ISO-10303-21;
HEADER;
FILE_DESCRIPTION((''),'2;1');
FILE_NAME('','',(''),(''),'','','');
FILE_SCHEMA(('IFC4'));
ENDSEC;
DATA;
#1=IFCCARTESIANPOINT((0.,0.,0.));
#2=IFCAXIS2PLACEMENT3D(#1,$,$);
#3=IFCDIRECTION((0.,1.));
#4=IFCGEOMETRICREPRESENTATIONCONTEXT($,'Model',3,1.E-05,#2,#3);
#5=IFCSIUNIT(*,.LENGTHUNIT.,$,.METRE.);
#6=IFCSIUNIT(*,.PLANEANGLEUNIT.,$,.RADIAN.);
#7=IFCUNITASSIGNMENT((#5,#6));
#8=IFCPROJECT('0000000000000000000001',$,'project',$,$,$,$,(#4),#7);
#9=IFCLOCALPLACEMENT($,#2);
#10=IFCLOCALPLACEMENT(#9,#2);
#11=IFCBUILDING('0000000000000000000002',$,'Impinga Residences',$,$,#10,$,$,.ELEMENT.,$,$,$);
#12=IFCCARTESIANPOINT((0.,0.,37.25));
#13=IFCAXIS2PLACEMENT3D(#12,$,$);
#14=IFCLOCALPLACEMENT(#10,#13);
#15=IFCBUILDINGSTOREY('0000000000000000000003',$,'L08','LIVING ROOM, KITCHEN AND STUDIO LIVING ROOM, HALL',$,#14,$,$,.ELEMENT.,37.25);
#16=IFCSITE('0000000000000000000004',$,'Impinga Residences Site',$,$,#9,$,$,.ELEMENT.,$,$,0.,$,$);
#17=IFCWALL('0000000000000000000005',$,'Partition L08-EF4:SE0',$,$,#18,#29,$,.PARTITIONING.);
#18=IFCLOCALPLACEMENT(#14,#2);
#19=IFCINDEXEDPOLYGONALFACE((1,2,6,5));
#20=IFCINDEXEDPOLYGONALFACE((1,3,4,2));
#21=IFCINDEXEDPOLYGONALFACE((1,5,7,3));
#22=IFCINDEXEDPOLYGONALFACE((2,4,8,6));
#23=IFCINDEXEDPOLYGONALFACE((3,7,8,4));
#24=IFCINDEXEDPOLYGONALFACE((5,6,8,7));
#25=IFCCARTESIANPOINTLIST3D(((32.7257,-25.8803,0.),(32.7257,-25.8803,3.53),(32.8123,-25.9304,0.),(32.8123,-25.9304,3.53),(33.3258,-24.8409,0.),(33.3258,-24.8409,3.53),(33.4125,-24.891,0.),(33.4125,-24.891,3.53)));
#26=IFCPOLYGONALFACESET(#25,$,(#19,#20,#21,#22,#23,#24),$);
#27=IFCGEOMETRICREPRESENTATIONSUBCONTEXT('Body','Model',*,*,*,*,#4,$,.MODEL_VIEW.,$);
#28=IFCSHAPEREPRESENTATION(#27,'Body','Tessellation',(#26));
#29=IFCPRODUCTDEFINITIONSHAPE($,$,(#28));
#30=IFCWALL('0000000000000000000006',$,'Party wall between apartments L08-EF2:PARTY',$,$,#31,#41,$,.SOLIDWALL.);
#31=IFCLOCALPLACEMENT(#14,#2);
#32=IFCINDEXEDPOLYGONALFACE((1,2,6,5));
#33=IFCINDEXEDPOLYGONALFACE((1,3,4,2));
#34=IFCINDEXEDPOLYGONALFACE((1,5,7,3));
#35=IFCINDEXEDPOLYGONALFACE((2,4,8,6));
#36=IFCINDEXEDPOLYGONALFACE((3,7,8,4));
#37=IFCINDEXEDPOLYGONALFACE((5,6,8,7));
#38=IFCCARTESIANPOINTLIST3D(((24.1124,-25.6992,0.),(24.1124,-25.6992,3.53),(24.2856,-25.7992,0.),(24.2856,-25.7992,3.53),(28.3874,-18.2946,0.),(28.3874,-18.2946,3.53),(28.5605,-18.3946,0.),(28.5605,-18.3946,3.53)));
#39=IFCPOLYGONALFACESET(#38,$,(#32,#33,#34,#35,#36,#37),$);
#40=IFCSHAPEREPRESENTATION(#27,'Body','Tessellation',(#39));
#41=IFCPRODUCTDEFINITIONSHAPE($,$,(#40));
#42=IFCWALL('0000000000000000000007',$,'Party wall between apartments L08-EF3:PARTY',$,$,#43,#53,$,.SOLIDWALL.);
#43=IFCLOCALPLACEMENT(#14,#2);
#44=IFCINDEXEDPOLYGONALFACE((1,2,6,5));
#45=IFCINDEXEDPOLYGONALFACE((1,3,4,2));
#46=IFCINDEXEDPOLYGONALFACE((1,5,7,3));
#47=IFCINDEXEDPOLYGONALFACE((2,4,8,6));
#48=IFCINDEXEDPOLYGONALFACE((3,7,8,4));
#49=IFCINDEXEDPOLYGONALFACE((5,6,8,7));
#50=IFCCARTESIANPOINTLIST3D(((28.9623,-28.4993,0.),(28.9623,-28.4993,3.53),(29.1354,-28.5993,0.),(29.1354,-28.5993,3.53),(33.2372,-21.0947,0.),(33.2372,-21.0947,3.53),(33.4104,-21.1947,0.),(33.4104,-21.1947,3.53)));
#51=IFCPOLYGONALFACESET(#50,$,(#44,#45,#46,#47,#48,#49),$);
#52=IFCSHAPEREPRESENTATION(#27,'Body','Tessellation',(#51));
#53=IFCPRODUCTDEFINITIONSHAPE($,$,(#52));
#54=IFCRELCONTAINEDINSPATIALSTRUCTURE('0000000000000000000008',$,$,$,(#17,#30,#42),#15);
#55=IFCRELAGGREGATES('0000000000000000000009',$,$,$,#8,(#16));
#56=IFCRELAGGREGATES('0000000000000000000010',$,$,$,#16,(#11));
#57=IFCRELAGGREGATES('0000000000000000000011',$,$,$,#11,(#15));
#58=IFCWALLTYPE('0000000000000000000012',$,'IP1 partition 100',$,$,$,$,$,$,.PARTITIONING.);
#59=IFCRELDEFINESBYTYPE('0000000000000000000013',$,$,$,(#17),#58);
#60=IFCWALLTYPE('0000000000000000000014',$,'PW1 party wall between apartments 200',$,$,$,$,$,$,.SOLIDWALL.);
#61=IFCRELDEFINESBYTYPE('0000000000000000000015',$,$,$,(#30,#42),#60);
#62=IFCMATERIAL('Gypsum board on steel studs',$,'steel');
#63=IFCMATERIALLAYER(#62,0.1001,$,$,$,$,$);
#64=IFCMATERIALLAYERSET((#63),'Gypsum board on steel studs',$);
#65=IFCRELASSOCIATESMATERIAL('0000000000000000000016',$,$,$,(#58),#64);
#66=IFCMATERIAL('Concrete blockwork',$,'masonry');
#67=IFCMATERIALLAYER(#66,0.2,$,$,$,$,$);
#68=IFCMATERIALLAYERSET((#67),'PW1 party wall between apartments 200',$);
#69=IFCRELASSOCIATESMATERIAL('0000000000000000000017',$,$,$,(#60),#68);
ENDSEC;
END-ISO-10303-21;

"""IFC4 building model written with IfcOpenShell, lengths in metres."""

from ifc_helpers import new_model, si_unit, direction, frame, frame_2d, origin, place, context, subcontext, project, spatial, rectangle, extrude, material, layer, layer_set, type_object, element, save


model = new_model("IFC4")

# Units and contexts
model_context = context("Model", 3, precision=1e-05, world=origin(), true_north=direction((0.0, 1.0)))
body_context = subcontext(model_context, "Body", "Model", "MODEL_VIEW")
ifc_project = project(units=[si_unit("LENGTHUNIT", "METRE"), si_unit("PLANEANGLEUNIT", "RADIAN")], contexts=[model_context])

# Site, building, storey
site_placement = place(None, origin())
site = spatial("IfcSite", under=ifc_project, at=site_placement, Name="Impinga Residences Site", CompositionType="ELEMENT", RefElevation=0.0)
building_placement = place(site_placement, origin())
building = spatial("IfcBuilding", under=site, at=building_placement, Name="Impinga Residences", CompositionType="ELEMENT")
storey_placement = place(building_placement, frame((0.0, 0.0, 37.25)))
storey = spatial("IfcBuildingStorey", under=building, at=storey_placement, Name="L08", Description="LIVING ROOM, KITCHEN AND STUDIO LIVING ROOM, HALL", CompositionType="ELEMENT", Elevation=37.25)

# Shared definitions
ifc_material_1 = material(Name="Gypsum board on steel studs", Category="steel")
ifc_layer_1 = layer(ifc_material_1, 0.1001)
ifc_layer_set_1 = layer_set([ifc_layer_1], Name="Gypsum board on steel studs")
wall_type_1 = type_object("IfcWallType", Name="IP1 partition 100", PredefinedType="PARTITIONING", material=ifc_layer_set_1)

# Walls
wall_1_placement = place(storey_placement, frame((33.3691, -24.866, 0.0), z_axis=(0.0, 0.0, 1.0), x_axis=(-0.500034, -0.866006, 0.0)))
element("IfcWall", 1, at=wall_1_placement, inside=storey, type_object=wall_type_1, Name="Partition L08-EF4:SE0", PredefinedType="PARTITIONING", context=body_context, shape_type="SweptSolid", body=[
    extrude(rectangle(XDim=1.2002, YDim=0.1001, at=frame_2d((0.6001, 0.0))), origin(), (0.0, 0.0, 1.0), 3.53),
])
ifc_material_2 = material(Name="Concrete blockwork", Category="masonry")
ifc_layer_2 = layer(ifc_material_2, 0.2)
ifc_layer_set_2 = layer_set([ifc_layer_2], Name="PW1 party wall between apartments 200")
wall_type_2 = type_object("IfcWallType", Name="PW1 party wall between apartments 200", PredefinedType="SOLIDWALL", material=ifc_layer_set_2)
for number, where, z_axis, x_axis, name in (
    (2, (28.4739, -18.3447, 0.0), (0.0, 0.0, 1.0), (-0.49999, -0.866031, 0.0), "Party wall between apartments L08-EF2:PARTY"),
    (3, (33.3237, -21.1448, 0.0), (0.0, 0.0, 1.0), (-0.49999, -0.866031, 0.0), "Party wall between apartments L08-EF3:PARTY"),
):
    element("IfcWall", number, at=place(storey_placement, frame(where, z_axis=z_axis, x_axis=x_axis)), inside=storey, type_object=wall_type_2, Name=name, PredefinedType="SOLIDWALL", context=body_context, shape_type="SweptSolid", body=[
        extrude(rectangle(XDim=8.55, YDim=0.2, at=frame_2d((4.2749, 0.0))), origin(), (0.0, 0.0, 1.0), 3.53),
    ])

save(model, "model.ifc")
